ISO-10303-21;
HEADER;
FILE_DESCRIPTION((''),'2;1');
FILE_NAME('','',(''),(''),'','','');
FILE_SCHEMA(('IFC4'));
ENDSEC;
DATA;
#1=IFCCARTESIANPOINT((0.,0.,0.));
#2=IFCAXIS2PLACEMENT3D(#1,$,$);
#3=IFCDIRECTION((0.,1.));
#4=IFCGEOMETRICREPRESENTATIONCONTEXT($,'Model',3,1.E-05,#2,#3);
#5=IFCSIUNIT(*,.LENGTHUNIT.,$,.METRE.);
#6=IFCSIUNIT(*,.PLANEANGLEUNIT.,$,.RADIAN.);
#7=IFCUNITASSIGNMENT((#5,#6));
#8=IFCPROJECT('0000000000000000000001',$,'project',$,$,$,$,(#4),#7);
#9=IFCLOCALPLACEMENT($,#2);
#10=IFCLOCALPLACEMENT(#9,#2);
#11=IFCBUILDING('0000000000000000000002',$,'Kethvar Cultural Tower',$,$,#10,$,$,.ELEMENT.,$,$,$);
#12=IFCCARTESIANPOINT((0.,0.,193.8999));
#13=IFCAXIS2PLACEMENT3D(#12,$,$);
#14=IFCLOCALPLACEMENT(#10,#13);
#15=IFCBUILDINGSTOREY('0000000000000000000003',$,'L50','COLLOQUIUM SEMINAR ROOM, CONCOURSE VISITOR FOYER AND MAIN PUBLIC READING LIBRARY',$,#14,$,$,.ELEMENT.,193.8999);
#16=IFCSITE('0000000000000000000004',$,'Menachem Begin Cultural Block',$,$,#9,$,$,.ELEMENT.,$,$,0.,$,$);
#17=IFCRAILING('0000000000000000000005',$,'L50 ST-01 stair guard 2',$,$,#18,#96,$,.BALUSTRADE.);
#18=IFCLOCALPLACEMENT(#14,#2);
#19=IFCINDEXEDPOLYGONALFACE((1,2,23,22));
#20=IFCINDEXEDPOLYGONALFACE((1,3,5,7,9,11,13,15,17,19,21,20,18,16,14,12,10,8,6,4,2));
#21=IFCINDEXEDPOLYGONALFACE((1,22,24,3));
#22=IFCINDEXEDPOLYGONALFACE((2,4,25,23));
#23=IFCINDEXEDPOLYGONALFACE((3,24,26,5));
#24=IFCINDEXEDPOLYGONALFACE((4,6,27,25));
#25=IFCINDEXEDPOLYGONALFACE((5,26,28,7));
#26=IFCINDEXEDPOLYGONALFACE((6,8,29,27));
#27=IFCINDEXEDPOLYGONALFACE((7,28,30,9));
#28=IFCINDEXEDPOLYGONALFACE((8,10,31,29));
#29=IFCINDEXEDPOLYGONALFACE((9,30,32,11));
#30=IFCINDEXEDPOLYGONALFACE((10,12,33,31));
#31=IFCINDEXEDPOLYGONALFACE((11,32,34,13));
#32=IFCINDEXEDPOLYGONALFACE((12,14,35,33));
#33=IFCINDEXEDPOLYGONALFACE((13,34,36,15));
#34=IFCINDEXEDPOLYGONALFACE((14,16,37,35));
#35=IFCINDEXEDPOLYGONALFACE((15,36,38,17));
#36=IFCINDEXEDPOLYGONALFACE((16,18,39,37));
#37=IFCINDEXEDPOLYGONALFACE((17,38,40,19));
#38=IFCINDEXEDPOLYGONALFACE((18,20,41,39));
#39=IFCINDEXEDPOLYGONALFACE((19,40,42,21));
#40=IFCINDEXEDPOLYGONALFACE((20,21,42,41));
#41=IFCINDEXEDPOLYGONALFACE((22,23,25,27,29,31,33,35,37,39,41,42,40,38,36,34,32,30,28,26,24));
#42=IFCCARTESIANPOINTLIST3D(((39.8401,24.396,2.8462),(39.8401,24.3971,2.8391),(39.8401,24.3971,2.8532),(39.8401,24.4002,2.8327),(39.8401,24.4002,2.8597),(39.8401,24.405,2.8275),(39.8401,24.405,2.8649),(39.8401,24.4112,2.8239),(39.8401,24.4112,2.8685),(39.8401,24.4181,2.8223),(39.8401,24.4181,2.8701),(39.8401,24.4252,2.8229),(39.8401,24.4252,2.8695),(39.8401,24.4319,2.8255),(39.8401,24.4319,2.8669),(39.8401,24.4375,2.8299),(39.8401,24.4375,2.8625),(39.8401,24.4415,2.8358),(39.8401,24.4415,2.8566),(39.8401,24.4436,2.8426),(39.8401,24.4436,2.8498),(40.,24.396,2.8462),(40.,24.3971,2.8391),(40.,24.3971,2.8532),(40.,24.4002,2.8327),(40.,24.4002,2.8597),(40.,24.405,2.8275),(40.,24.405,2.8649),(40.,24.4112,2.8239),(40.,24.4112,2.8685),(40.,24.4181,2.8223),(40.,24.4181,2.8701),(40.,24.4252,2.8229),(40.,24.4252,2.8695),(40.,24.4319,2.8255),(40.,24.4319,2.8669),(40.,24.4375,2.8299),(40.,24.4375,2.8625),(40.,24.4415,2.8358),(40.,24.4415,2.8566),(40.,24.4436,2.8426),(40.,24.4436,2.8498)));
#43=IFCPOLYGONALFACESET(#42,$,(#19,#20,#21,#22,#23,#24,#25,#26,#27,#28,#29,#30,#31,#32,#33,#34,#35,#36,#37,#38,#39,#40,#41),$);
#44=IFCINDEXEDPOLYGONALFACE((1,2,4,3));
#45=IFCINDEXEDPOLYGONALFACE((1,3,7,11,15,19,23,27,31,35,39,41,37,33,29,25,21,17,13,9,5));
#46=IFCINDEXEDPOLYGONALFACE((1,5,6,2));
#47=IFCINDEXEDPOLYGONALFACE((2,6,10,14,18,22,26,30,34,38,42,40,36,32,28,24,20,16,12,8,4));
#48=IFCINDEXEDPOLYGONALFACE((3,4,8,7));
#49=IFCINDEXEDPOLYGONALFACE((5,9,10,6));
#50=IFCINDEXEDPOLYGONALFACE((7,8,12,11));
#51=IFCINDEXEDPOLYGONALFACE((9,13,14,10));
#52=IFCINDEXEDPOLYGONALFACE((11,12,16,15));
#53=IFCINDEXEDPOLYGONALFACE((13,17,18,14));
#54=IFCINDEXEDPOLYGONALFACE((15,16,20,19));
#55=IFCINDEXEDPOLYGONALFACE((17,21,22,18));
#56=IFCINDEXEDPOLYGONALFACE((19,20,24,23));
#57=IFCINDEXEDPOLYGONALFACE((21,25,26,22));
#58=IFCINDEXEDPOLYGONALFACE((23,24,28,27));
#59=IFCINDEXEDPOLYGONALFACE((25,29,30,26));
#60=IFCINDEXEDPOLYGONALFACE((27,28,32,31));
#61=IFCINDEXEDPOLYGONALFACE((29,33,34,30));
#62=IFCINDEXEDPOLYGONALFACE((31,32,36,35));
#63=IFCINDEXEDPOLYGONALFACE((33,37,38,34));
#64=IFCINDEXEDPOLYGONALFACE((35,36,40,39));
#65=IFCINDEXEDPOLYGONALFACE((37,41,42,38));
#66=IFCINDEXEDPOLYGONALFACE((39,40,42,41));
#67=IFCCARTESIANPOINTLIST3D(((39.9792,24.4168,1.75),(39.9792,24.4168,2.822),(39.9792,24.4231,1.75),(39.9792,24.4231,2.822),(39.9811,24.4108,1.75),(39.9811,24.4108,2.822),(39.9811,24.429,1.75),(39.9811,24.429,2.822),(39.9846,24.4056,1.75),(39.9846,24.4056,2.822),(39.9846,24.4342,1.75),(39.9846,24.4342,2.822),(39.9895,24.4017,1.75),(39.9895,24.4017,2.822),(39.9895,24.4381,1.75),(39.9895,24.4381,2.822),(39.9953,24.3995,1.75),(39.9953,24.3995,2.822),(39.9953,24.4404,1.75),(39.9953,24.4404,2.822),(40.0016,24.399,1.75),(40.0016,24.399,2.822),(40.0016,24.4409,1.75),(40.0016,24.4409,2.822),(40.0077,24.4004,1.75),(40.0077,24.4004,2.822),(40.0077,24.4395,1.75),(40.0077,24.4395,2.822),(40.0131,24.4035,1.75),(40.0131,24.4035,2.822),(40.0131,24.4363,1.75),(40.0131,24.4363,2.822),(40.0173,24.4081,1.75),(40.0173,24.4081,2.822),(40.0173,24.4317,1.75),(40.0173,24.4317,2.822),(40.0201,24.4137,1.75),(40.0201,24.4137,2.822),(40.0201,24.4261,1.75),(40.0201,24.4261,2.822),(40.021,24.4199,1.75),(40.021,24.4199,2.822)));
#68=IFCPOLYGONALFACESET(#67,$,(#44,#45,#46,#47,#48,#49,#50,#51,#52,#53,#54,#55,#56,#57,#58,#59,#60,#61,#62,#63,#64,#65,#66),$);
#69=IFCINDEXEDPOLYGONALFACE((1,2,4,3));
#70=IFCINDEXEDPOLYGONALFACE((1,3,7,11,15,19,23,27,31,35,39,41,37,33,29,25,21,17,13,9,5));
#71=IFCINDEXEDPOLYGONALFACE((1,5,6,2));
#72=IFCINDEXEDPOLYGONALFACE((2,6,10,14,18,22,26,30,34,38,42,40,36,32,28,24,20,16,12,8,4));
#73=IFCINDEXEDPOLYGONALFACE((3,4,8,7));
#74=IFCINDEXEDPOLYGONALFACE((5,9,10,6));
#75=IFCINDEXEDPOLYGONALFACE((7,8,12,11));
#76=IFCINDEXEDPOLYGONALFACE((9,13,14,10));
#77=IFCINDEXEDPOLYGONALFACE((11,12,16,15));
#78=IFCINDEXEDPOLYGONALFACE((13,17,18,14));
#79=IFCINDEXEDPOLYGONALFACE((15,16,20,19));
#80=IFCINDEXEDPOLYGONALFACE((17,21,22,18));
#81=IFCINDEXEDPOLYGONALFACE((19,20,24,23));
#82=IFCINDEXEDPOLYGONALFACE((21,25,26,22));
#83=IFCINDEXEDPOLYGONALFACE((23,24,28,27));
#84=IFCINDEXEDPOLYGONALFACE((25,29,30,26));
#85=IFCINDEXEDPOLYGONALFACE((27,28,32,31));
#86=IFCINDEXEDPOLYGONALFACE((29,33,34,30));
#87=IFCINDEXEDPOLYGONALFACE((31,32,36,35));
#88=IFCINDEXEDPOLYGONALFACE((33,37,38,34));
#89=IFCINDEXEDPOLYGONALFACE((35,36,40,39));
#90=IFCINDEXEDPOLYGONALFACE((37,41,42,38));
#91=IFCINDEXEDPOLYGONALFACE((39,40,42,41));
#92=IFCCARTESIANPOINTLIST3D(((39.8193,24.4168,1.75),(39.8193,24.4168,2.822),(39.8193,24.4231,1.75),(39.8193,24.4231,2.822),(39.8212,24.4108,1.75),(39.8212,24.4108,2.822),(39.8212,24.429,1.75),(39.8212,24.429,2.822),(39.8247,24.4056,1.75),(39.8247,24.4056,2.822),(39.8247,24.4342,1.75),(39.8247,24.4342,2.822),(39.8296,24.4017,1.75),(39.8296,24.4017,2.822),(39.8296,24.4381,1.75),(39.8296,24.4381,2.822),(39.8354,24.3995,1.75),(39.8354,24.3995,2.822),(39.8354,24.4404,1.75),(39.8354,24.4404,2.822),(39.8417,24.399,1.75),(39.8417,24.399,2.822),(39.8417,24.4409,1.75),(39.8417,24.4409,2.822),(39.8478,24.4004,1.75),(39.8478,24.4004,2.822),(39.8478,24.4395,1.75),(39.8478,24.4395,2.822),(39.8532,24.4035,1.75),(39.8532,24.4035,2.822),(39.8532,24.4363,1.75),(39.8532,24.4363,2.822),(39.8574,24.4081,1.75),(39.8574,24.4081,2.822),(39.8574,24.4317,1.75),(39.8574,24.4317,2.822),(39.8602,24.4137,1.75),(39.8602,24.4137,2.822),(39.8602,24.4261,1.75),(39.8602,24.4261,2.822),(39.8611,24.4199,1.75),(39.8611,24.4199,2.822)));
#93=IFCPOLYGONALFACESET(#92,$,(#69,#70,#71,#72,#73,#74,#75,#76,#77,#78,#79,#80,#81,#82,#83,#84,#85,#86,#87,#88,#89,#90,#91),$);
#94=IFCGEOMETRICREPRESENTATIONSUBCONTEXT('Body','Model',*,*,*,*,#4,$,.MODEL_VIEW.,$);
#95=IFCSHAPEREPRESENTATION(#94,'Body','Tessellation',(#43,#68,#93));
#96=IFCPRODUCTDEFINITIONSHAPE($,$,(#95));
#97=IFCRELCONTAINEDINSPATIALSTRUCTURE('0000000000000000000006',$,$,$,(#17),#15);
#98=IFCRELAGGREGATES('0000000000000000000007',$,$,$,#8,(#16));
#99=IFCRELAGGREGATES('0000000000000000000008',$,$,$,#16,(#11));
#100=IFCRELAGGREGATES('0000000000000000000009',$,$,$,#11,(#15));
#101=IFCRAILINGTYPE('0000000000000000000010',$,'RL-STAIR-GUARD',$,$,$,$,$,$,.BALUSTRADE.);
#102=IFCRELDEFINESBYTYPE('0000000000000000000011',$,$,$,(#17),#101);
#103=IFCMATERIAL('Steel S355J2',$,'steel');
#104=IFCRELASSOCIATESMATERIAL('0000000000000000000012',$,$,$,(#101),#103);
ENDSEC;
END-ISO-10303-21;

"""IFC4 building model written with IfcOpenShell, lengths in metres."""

from ifc_helpers import new_model, si_unit, direction, frame, origin, origin_2d, place, context, subcontext, project, spatial, circle, extrude, material, type_object, element, save


model = new_model("IFC4")

# Units and contexts
model_context = context("Model", 3, precision=1e-05, world=origin(), true_north=direction((0.0, 1.0)))
body_context = subcontext(model_context, "Body", "Model", "MODEL_VIEW")
ifc_project = project(units=[si_unit("LENGTHUNIT", "METRE"), si_unit("PLANEANGLEUNIT", "RADIAN")], contexts=[model_context])

# Site, building, storey
site_placement = place(None, origin())
site = spatial("IfcSite", under=ifc_project, at=site_placement, Name="Menachem Begin Cultural Block", CompositionType="ELEMENT", RefElevation=0.0)
building_placement = place(site_placement, origin())
building = spatial("IfcBuilding", under=site, at=building_placement, Name="Kethvar Cultural Tower", CompositionType="ELEMENT")
storey_placement = place(building_placement, frame((0.0, 0.0, 193.8999)))
storey = spatial("IfcBuildingStorey", under=building, at=storey_placement, Name="L50", Description="COLLOQUIUM SEMINAR ROOM, CONCOURSE VISITOR FOYER AND MAIN PUBLIC READING LIBRARY", CompositionType="ELEMENT", Elevation=193.8999)

# Shared definitions
ifc_material_1 = material(Name="Steel S355J2", Category="steel")

# Railing
railing_type = type_object("IfcRailingType", Name="RL-STAIR-GUARD", PredefinedType="BALUSTRADE", material=ifc_material_1)
railing_1_placement = place(storey_placement, frame((40.0, 24.4199, 1.75)))
element("IfcRailing", 1, at=railing_1_placement, inside=storey, type_object=railing_type, Name="L50 ST-01 stair guard 2", PredefinedType="BALUSTRADE", context=body_context, shape_type="SweptSolid", body=[
    extrude(circle(Radius=0.0239, at=origin_2d()), frame((0.0, 0.0, 1.0962), z_axis=(-1.0, 0.0, 0.0), x_axis=(0.0, -1.0, 0.0)), (0.0, 0.0, 1.0), 0.1599),
    extrude(circle(Radius=0.021, at=origin_2d()), origin(), (0.0, 0.0, 1.0), 1.072),
    extrude(circle(Radius=0.021, at=origin_2d()), frame((-0.1599, 0.0, 0.0)), (0.0, 0.0, 1.0), 1.072),
])

save(model, "model.ifc")
